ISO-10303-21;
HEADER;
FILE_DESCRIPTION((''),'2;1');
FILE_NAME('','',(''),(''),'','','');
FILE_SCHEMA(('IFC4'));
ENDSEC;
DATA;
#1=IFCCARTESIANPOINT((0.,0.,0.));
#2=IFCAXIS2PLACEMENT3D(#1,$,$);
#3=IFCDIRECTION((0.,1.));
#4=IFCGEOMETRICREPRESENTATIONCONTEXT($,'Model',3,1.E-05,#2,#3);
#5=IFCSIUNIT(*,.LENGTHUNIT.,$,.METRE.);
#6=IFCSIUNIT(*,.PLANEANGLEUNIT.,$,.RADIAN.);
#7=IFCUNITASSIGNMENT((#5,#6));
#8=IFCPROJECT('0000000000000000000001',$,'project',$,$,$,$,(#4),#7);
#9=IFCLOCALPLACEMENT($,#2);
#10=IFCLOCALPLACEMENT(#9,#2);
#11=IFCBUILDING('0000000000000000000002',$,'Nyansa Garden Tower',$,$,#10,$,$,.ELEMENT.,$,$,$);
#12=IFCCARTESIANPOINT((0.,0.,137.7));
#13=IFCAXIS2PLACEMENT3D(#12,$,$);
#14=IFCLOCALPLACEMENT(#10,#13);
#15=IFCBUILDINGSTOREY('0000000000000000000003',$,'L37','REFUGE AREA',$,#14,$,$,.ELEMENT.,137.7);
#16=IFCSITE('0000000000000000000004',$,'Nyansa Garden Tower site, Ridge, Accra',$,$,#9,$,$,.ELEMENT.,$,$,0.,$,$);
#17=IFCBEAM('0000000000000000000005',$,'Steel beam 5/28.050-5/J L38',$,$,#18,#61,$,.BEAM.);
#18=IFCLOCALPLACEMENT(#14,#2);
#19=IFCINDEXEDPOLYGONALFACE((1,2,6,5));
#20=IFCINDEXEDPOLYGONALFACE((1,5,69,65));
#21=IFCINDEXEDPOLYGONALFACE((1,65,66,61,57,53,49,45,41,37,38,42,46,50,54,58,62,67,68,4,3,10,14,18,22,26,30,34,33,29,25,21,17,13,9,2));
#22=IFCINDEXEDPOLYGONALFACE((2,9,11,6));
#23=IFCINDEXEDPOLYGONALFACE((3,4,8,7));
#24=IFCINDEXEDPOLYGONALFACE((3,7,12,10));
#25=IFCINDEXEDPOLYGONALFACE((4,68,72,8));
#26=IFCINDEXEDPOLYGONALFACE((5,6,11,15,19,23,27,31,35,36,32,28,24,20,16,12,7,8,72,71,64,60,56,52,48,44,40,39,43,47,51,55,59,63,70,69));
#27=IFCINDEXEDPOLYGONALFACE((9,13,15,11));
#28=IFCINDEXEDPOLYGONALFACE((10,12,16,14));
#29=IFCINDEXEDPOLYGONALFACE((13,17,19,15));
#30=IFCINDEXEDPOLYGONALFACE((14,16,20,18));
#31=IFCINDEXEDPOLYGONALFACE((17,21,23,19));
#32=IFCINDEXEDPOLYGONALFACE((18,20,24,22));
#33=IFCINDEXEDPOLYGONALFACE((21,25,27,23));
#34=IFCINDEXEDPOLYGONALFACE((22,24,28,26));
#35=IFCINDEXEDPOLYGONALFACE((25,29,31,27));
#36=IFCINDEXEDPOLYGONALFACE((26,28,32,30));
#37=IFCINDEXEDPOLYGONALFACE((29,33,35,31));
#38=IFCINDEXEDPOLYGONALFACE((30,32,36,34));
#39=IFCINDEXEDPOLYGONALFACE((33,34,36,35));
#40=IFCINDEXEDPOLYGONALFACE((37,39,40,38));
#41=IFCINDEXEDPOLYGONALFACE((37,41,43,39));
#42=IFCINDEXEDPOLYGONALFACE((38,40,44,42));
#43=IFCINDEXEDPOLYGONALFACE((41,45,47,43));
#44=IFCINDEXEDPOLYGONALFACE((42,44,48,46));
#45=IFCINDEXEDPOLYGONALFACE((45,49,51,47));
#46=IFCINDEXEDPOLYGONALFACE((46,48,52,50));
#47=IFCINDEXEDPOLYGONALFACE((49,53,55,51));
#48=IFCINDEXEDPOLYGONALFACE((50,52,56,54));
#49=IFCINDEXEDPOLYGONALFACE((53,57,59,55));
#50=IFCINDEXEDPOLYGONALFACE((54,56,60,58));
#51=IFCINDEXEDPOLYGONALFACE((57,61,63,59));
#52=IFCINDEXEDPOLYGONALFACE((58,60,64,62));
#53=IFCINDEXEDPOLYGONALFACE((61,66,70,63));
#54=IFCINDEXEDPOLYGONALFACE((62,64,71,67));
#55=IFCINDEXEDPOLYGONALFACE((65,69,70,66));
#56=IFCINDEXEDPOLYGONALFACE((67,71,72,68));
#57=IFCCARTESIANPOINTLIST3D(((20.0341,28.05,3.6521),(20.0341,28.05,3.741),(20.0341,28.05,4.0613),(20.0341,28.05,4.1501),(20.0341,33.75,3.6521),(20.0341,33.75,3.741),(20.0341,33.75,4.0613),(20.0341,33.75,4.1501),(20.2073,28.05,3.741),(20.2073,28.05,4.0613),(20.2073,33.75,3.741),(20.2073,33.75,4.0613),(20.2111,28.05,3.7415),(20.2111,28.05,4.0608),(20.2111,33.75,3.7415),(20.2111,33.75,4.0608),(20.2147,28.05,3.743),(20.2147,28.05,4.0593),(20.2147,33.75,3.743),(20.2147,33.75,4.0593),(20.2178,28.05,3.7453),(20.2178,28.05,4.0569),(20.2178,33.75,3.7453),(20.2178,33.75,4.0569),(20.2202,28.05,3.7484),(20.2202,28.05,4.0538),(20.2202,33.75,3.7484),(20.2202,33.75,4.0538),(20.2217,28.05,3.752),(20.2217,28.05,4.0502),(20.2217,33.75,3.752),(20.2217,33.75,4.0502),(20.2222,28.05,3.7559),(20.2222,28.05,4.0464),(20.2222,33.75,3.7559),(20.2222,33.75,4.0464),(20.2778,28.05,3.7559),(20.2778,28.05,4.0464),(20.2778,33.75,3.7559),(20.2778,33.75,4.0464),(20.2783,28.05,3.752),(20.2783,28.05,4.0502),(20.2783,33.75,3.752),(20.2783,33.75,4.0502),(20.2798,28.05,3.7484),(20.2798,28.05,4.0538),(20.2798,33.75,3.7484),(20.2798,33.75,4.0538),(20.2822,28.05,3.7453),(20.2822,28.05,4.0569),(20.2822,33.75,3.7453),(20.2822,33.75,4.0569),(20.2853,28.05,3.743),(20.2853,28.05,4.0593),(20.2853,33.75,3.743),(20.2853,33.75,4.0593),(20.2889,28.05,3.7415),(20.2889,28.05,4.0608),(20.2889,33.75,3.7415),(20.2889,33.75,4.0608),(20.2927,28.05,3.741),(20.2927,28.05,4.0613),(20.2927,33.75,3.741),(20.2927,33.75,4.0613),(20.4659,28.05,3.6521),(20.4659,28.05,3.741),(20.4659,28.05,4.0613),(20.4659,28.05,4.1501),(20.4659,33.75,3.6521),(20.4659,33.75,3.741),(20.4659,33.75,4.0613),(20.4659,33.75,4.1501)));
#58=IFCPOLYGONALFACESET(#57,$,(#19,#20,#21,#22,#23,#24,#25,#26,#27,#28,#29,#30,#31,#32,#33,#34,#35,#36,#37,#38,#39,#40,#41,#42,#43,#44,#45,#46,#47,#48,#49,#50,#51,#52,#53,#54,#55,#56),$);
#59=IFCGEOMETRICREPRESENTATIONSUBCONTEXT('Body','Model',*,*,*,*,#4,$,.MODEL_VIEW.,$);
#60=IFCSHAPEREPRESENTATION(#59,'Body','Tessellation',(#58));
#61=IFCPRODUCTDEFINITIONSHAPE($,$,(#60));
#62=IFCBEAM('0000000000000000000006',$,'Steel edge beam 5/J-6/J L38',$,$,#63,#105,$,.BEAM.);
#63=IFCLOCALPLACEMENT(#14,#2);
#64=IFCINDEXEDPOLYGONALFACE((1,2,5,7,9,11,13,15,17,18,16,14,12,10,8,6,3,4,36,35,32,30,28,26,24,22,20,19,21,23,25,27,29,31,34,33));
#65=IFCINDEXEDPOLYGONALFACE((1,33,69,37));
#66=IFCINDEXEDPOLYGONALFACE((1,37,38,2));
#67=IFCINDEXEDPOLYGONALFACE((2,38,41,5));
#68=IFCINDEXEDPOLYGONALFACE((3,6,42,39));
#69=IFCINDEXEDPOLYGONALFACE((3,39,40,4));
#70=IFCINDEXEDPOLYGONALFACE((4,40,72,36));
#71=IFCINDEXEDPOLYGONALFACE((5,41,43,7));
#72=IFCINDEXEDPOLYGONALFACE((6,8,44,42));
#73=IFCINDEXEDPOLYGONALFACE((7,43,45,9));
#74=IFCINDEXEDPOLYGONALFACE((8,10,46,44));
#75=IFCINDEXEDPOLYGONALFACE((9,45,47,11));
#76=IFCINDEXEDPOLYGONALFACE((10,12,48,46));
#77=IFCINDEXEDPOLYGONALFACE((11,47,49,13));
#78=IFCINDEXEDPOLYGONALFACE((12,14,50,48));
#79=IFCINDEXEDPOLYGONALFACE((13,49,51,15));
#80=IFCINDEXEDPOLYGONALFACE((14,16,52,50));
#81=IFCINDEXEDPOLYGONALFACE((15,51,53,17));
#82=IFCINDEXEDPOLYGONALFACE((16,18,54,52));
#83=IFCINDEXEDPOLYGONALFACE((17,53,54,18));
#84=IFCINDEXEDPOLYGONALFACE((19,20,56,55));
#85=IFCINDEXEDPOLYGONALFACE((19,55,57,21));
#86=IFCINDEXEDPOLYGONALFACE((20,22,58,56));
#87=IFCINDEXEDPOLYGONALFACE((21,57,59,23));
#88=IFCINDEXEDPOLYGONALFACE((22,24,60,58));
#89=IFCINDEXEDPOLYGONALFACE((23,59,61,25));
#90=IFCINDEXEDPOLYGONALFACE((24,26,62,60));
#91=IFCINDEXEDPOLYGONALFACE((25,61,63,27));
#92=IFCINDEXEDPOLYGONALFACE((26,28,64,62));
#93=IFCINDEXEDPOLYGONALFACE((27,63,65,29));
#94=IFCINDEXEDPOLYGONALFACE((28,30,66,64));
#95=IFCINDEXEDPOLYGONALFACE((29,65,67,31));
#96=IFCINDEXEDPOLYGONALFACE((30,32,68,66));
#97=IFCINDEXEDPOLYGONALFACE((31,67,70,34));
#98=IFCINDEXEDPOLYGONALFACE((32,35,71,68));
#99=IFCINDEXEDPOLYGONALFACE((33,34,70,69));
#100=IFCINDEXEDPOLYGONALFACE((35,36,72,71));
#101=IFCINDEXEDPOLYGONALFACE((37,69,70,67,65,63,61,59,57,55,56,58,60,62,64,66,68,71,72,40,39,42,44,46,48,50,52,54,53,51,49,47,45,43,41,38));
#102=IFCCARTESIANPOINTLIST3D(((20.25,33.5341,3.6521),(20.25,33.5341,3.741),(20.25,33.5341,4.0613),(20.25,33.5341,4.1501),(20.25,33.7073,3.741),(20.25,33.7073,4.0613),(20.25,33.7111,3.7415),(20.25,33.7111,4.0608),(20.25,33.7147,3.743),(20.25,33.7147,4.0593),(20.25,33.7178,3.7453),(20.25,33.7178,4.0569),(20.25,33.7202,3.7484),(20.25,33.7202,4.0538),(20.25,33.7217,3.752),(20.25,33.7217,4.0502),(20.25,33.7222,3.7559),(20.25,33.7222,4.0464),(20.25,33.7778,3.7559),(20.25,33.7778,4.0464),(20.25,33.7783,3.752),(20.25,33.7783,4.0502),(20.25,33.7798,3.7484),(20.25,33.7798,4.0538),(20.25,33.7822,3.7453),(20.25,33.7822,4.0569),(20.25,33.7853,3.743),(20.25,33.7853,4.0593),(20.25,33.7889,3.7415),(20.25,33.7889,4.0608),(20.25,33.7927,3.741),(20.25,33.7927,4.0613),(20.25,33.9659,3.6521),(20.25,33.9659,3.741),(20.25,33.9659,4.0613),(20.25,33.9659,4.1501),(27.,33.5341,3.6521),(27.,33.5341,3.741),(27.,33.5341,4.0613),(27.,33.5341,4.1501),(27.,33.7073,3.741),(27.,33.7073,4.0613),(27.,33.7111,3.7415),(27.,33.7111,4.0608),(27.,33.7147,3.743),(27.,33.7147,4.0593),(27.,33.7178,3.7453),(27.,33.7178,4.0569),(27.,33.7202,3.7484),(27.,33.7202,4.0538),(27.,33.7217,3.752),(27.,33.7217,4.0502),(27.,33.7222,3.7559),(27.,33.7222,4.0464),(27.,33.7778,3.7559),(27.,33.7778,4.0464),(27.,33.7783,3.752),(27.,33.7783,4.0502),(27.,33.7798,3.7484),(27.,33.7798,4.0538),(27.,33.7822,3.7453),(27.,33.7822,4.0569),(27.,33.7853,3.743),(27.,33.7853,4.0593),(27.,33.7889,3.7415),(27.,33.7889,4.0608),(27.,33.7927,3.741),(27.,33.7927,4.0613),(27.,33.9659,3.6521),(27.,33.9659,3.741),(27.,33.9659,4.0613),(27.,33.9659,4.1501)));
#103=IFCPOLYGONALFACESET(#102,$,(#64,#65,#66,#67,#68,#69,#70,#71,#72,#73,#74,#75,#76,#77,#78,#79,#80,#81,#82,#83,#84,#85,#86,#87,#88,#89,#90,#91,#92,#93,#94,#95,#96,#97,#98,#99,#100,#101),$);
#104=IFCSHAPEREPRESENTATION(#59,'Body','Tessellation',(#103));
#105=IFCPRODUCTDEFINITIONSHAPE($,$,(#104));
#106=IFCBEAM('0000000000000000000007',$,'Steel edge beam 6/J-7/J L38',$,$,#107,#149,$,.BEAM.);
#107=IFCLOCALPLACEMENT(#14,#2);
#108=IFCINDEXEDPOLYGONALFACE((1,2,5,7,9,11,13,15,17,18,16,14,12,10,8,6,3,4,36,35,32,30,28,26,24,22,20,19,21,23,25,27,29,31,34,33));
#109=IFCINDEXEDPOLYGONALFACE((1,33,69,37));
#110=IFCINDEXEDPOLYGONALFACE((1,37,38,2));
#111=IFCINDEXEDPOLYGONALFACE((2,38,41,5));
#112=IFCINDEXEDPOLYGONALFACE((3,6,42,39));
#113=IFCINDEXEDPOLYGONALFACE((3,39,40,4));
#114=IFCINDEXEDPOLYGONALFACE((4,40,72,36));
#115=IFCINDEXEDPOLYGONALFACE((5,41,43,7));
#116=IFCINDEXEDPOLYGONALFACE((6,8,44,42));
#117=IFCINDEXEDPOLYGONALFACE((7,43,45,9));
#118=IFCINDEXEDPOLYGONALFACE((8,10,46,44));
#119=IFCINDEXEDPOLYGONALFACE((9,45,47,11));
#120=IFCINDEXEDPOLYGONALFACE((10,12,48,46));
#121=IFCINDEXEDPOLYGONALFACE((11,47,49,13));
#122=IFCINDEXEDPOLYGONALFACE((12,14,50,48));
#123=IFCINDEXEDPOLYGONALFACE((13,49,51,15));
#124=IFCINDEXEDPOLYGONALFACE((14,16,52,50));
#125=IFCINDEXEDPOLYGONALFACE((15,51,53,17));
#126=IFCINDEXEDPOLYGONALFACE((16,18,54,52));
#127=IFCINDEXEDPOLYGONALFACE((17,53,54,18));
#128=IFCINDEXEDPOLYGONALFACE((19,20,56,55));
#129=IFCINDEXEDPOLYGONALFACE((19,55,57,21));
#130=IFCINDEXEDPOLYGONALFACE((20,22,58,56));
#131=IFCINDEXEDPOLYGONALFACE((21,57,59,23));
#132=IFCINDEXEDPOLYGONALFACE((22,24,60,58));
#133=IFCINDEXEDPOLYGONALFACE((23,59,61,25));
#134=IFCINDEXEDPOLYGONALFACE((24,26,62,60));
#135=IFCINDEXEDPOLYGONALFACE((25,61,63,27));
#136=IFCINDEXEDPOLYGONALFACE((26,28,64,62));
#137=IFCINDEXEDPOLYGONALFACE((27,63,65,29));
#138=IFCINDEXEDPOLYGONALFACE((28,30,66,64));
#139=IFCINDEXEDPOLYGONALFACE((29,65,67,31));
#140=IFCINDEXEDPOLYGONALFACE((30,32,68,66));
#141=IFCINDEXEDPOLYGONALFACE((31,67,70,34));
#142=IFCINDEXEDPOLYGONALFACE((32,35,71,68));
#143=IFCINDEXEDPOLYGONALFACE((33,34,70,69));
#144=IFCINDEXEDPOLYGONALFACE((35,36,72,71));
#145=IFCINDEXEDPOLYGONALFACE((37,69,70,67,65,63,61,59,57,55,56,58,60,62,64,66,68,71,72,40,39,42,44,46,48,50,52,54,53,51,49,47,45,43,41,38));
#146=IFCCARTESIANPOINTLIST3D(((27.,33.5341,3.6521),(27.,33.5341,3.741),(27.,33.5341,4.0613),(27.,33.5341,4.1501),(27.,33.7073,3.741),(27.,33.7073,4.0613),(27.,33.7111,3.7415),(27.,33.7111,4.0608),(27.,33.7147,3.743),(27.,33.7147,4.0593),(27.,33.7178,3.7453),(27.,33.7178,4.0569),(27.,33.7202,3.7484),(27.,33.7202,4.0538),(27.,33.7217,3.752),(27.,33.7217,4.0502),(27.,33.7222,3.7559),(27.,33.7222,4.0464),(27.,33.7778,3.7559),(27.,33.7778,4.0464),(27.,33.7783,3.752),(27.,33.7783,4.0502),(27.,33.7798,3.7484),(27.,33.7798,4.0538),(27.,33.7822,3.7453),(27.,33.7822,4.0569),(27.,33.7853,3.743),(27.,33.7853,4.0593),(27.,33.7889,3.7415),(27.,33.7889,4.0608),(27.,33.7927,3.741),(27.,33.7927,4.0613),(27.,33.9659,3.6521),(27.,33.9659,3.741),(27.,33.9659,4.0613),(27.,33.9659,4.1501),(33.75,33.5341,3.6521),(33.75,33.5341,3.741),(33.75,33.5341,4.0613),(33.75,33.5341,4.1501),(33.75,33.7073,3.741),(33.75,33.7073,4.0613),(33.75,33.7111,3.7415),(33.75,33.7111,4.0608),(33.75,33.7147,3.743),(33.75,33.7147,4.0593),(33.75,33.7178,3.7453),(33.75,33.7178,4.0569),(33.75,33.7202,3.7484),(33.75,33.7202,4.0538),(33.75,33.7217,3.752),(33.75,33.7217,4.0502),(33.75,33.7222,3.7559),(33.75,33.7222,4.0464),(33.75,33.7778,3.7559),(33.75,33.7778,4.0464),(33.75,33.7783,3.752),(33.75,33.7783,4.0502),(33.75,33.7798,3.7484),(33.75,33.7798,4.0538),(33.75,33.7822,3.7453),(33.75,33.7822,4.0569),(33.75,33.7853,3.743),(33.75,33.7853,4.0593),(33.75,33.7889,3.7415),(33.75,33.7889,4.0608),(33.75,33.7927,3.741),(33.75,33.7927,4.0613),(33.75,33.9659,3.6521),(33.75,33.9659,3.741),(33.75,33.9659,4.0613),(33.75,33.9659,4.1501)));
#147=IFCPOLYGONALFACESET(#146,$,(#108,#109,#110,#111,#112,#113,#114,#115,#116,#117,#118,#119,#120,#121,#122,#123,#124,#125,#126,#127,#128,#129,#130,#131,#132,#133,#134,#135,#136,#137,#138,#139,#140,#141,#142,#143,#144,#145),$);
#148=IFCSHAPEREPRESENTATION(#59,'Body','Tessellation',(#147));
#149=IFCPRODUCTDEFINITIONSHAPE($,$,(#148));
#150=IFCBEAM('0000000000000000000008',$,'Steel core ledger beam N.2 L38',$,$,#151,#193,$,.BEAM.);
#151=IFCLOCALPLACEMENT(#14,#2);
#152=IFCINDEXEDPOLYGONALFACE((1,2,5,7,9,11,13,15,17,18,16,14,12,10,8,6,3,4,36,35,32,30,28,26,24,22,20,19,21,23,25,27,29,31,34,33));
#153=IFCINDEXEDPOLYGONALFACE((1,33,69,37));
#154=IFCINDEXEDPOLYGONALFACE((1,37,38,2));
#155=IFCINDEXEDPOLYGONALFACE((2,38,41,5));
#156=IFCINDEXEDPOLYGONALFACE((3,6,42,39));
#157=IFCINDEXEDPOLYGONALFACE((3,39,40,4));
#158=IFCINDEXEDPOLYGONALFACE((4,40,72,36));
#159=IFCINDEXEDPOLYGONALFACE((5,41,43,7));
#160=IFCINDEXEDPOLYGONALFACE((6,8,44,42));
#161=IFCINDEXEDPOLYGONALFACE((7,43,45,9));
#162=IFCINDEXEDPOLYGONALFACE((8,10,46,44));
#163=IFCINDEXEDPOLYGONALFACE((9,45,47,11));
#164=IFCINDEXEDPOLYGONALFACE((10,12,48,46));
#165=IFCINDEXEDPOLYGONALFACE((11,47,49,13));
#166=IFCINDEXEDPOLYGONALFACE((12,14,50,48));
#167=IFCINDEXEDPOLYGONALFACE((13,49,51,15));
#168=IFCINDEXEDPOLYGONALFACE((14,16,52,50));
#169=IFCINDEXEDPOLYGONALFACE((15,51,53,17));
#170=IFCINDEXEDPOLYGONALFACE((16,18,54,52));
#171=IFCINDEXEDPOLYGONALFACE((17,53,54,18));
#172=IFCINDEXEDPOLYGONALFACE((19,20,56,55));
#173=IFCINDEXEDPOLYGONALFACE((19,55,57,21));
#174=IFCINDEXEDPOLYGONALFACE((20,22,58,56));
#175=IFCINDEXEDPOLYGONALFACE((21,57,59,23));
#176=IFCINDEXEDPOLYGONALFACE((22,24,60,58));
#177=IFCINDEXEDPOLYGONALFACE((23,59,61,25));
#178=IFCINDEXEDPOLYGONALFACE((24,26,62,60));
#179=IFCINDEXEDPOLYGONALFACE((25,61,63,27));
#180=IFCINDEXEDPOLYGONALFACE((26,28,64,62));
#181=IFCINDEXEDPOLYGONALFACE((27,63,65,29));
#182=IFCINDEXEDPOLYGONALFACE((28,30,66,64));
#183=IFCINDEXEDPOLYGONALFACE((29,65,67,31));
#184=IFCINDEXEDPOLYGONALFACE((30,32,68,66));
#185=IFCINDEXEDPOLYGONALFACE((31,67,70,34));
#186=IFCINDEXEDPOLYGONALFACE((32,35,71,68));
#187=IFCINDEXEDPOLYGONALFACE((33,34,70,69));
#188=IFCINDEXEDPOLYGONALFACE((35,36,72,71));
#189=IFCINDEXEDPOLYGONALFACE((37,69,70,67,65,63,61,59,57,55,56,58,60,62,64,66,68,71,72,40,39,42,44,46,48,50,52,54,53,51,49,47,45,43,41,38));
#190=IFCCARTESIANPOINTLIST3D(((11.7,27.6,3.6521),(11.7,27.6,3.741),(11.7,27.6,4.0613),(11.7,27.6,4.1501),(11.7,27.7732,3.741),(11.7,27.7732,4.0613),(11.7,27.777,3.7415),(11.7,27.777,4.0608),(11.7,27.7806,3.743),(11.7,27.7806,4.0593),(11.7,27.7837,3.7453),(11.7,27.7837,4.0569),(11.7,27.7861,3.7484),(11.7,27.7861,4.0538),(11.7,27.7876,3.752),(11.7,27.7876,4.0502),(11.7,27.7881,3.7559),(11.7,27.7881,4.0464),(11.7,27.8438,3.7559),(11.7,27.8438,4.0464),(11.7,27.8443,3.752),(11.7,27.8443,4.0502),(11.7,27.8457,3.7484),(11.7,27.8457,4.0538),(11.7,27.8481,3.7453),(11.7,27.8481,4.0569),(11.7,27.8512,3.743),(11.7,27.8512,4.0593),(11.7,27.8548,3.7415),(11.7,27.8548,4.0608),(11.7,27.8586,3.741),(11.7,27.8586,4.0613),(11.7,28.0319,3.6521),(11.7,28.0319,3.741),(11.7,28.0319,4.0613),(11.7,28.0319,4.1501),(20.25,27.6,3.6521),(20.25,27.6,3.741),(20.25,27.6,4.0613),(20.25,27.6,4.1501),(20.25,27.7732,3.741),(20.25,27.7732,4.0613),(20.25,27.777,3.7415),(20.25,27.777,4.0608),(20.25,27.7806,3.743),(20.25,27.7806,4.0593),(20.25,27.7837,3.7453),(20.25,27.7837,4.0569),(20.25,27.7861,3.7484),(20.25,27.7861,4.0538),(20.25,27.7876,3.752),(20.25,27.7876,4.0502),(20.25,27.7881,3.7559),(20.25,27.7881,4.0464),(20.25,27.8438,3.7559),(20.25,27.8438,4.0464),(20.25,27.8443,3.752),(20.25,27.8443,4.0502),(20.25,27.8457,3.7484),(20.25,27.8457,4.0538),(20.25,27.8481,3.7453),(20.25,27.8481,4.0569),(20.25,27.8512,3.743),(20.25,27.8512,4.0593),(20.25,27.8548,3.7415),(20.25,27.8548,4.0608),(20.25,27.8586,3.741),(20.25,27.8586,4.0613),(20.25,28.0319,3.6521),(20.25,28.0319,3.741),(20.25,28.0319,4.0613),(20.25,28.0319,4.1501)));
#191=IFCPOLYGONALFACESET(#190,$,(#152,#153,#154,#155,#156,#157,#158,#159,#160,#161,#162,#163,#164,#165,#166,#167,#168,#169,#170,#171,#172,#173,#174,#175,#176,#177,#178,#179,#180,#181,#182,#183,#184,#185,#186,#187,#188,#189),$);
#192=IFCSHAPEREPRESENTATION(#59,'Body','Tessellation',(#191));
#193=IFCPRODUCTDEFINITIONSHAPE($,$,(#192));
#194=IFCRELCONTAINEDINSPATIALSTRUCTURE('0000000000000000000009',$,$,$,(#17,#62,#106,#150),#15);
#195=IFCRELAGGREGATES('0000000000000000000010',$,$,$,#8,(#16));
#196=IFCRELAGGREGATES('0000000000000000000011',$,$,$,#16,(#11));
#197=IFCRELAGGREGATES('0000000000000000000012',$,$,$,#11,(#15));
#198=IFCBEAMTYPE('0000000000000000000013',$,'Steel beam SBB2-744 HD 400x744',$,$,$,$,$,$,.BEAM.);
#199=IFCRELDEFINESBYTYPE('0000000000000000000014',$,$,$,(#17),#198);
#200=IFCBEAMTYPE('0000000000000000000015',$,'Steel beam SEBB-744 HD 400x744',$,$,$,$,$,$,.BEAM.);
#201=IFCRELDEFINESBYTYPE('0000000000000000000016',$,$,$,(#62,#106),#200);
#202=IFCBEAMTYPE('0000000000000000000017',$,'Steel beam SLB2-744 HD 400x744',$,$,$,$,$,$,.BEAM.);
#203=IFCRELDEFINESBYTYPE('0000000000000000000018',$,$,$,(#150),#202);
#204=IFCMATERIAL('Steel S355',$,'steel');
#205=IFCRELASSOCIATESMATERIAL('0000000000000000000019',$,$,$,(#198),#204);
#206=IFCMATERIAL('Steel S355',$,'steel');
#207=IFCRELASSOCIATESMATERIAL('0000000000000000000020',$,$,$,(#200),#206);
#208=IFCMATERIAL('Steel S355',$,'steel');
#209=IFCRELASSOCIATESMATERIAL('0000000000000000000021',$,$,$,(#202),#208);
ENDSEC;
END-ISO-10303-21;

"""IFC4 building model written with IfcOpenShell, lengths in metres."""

from ifc_helpers import new_model, si_unit, direction, frame, origin, origin_2d, place, context, subcontext, project, spatial, i_section, extrude, material, material_profile, profile_set, type_object, element, save


model = new_model("IFC4")

# Units and contexts
model_context = context("Model", 3, precision=1e-05, world=origin(), true_north=direction((0.0, 1.0)))
body_context = subcontext(model_context, "Body", "Model", "MODEL_VIEW")
ifc_project = project(units=[si_unit("LENGTHUNIT", "METRE"), si_unit("PLANEANGLEUNIT", "RADIAN")], contexts=[model_context])

# Site, building, storey
site_placement = place(None, origin())
site = spatial("IfcSite", under=ifc_project, at=site_placement, Name="Nyansa Garden Tower site, Ridge, Accra", CompositionType="ELEMENT", RefElevation=0.0)
building_placement = place(site_placement, origin())
building = spatial("IfcBuilding", under=site, at=building_placement, Name="Nyansa Garden Tower", CompositionType="ELEMENT")
storey_placement = place(building_placement, frame((0.0, 0.0, 137.7)))
storey = spatial("IfcBuildingStorey", under=building, at=storey_placement, Name="L37", Description="REFUGE AREA", CompositionType="ELEMENT", Elevation=137.7)

# Beams
ifc_material_1 = material(Name="Steel S355", Category="steel")
ifc_material_profile_1 = material_profile(ifc_material_1, i_section(OverallWidth=0.4319, OverallDepth=0.498, WebThickness=0.0557, FlangeThickness=0.0889, FilletRadius=0.0149, at=origin_2d()), Name="HD 400x744")
ifc_profile_set_1 = profile_set([ifc_material_profile_1], Name="Steel S355")
beam_type_1 = type_object("IfcBeamType", Name="Steel beam SBB2-744 HD 400x744", PredefinedType="BEAM", material=ifc_profile_set_1)
beam_1_placement = place(storey_placement, frame((20.25, 28.05, 3.9011), z_axis=(0.0, 1.0, 0.0), x_axis=(-1.0, 0.0, 0.0)))
element("IfcBeam", 1, at=beam_1_placement, inside=storey, type_object=beam_type_1, Name="Steel beam 5/28.050-5/J L38", PredefinedType="BEAM", context=body_context, shape_type="SweptSolid", body=[
    extrude(i_section(OverallWidth=0.4319, OverallDepth=0.498, WebThickness=0.0557, FlangeThickness=0.0889, FilletRadius=0.0149, at=origin_2d()), origin(), (0.0, 0.0, 1.0), 5.7),
])
ifc_material_2 = material(Name="Steel S355", Category="steel")
ifc_material_profile_2 = material_profile(ifc_material_2, i_section(OverallWidth=0.4319, OverallDepth=0.498, WebThickness=0.0557, FlangeThickness=0.0889, FilletRadius=0.0149, at=origin_2d()), Name="HD 400x744")
ifc_profile_set_2 = profile_set([ifc_material_profile_2], Name="Steel S355")
beam_type_2 = type_object("IfcBeamType", Name="Steel beam SEBB-744 HD 400x744", PredefinedType="BEAM", material=ifc_profile_set_2)
for number, where, z_axis, x_axis, name in (
    (2, (20.25, 33.75, 3.9011), (1.0, 0.0, 0.0), (0.0, 1.0, 0.0), "Steel edge beam 5/J-6/J L38"),
    (3, (27.0, 33.75, 3.9011), (1.0, 0.0, 0.0), (0.0, 1.0, 0.0), "Steel edge beam 6/J-7/J L38"),
):
    element("IfcBeam", number, at=place(storey_placement, frame(where, z_axis=z_axis, x_axis=x_axis)), inside=storey, type_object=beam_type_2, Name=name, PredefinedType="BEAM", context=body_context, shape_type="SweptSolid", body=[
        extrude(i_section(OverallWidth=0.4319, OverallDepth=0.498, WebThickness=0.0557, FlangeThickness=0.0889, FilletRadius=0.0149, at=origin_2d()), origin(), (0.0, 0.0, 1.0), 6.75),
    ])
ifc_material_3 = material(Name="Steel S355", Category="steel")
ifc_material_profile_3 = material_profile(ifc_material_3, i_section(OverallWidth=0.4319, OverallDepth=0.498, WebThickness=0.0557, FlangeThickness=0.0889, FilletRadius=0.0149, at=origin_2d()), Name="HD 400x744")
ifc_profile_set_3 = profile_set([ifc_material_profile_3], Name="Steel S355")
beam_type_3 = type_object("IfcBeamType", Name="Steel beam SLB2-744 HD 400x744", PredefinedType="BEAM", material=ifc_profile_set_3)
beam_2_placement = place(storey_placement, frame((20.25, 27.8159, 3.9011), z_axis=(-1.0, 0.0, 0.0), x_axis=(0.0, -1.0, 0.0)))
element("IfcBeam", 4, at=beam_2_placement, inside=storey, type_object=beam_type_3, Name="Steel core ledger beam N.2 L38", PredefinedType="BEAM", context=body_context, shape_type="SweptSolid", body=[
    extrude(i_section(OverallWidth=0.4319, OverallDepth=0.498, WebThickness=0.0557, FlangeThickness=0.0889, FilletRadius=0.0149, at=origin_2d()), origin(), (0.0, 0.0, 1.0), 8.55),
])

save(model, "model.ifc")
